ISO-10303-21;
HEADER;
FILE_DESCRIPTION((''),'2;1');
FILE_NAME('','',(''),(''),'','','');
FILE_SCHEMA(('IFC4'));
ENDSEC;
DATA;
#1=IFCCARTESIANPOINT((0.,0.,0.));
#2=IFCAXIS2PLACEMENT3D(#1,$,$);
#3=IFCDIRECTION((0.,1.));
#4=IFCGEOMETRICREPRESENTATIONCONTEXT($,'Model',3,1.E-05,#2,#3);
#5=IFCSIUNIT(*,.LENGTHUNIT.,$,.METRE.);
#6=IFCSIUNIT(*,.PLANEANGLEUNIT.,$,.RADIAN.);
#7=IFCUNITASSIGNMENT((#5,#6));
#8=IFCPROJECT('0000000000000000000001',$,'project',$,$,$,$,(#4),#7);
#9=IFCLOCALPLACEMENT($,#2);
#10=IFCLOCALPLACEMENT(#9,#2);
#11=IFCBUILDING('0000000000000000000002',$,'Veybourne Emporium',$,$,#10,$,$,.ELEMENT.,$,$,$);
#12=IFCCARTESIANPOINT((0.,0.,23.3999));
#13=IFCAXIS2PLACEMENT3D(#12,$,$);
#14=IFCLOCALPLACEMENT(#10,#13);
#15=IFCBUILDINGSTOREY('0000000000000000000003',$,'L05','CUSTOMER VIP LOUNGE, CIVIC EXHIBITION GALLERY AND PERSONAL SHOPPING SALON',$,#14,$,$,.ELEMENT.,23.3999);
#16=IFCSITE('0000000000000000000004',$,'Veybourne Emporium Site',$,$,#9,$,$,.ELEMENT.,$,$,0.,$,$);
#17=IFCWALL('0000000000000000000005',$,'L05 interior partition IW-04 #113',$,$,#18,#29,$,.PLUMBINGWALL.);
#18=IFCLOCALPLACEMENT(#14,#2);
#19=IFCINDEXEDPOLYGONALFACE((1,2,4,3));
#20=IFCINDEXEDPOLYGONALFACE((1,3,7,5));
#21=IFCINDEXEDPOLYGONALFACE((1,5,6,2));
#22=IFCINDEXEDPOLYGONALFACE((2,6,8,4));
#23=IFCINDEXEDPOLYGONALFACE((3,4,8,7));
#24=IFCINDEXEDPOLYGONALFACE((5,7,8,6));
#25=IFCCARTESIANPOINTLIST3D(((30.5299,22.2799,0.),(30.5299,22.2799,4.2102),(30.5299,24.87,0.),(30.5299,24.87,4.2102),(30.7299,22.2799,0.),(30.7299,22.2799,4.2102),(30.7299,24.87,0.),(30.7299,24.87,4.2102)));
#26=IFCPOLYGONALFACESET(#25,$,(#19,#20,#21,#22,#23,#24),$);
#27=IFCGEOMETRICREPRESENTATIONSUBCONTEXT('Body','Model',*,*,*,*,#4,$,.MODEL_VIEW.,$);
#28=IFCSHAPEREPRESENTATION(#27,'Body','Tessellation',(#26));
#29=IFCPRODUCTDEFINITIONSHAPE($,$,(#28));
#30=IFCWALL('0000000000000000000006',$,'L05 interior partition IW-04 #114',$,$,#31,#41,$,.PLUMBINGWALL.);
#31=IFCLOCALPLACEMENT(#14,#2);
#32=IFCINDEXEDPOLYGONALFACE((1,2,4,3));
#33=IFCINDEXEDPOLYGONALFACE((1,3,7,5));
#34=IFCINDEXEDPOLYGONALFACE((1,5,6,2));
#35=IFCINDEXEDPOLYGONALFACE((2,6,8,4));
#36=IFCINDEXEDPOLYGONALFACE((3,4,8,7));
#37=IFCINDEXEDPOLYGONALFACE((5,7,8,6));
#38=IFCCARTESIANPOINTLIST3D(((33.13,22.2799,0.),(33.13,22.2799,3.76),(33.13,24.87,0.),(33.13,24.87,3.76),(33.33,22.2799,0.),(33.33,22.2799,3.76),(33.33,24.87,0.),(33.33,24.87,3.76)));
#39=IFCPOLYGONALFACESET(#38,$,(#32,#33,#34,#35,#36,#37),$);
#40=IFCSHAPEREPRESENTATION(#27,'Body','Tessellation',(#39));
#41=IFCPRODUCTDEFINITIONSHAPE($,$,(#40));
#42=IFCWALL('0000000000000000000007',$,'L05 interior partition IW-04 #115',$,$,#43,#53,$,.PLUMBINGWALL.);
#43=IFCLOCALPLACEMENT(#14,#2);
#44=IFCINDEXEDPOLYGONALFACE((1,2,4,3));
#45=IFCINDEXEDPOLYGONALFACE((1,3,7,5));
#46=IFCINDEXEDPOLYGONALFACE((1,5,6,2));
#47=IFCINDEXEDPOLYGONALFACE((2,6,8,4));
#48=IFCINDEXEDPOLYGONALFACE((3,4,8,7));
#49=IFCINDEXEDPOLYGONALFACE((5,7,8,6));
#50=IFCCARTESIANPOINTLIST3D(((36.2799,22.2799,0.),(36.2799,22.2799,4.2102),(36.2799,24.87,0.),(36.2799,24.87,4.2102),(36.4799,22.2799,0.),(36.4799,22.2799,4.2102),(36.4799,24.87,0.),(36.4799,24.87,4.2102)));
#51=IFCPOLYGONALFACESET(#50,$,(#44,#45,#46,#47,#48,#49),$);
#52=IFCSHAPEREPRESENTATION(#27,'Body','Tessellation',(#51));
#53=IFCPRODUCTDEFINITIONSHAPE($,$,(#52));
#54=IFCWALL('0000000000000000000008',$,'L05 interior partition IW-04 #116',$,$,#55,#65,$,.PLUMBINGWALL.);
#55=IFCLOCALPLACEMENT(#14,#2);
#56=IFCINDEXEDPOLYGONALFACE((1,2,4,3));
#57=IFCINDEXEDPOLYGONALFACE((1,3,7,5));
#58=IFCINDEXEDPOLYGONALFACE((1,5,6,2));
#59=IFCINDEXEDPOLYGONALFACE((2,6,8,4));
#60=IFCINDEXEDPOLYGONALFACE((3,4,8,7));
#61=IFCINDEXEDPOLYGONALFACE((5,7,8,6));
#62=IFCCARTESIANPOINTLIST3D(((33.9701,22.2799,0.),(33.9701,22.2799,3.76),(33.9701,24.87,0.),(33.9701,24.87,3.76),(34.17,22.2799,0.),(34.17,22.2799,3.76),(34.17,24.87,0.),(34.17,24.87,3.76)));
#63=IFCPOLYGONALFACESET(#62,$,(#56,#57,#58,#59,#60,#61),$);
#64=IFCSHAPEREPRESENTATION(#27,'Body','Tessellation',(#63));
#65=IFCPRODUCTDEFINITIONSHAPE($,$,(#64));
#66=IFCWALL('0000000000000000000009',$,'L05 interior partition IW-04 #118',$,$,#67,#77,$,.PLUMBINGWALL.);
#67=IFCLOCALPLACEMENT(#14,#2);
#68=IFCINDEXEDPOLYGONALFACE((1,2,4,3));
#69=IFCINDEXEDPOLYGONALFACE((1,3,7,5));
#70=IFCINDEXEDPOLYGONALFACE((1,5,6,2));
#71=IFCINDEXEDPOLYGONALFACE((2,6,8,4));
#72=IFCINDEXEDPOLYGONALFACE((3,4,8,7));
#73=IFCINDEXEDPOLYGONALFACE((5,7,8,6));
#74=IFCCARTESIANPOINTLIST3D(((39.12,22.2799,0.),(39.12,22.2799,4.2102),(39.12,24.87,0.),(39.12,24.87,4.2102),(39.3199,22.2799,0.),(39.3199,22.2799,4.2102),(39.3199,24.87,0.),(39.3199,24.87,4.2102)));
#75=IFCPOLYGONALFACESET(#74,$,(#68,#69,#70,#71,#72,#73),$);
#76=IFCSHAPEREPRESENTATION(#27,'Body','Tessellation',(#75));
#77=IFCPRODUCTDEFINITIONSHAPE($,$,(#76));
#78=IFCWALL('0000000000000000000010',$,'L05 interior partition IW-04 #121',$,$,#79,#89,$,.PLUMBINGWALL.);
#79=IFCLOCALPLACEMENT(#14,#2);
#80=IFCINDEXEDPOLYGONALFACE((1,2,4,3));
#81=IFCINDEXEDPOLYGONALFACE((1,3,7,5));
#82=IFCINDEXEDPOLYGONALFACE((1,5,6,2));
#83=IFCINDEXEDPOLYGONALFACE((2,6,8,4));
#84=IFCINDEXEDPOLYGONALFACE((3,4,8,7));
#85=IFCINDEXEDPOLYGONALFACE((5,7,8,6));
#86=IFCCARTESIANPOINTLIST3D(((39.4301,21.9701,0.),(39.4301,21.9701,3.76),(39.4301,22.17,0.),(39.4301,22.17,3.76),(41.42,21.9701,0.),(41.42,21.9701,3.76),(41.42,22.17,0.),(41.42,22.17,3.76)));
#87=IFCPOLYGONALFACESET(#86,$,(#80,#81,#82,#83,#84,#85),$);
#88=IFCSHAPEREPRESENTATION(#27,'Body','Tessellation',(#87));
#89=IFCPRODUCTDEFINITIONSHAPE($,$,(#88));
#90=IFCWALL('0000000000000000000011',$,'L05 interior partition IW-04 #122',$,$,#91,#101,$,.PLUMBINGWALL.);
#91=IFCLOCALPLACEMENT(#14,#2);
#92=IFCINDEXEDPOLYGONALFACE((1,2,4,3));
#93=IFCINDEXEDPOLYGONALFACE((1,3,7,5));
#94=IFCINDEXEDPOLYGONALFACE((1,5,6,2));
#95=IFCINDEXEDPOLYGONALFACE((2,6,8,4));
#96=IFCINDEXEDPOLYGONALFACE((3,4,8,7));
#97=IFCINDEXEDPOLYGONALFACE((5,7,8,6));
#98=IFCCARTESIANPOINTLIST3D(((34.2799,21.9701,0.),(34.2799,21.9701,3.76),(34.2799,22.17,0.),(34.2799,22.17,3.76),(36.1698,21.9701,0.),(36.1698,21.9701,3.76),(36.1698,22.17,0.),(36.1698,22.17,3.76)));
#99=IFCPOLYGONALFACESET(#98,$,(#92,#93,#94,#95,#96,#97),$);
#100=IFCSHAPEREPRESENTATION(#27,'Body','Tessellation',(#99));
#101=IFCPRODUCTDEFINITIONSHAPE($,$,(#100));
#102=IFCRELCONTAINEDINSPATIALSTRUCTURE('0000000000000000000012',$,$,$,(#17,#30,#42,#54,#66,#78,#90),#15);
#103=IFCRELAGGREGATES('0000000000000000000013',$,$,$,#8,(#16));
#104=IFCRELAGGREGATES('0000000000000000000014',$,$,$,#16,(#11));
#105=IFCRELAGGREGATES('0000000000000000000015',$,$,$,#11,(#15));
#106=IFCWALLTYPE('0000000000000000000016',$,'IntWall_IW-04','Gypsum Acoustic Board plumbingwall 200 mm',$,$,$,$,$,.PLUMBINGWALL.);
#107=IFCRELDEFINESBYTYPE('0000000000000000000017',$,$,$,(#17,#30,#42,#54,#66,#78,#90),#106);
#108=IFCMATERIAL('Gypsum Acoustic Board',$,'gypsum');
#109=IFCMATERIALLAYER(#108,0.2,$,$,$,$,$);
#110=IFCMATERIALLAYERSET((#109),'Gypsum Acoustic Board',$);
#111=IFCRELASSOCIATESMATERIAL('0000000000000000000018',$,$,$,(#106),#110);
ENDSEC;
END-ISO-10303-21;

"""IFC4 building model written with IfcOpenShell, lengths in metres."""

from ifc_helpers import new_model, si_unit, direction, frame, frame_2d, origin, place, context, subcontext, project, spatial, rectangle, extrude, material, layer, layer_set, type_object, element, save


model = new_model("IFC4")

# Units and contexts
model_context = context("Model", 3, precision=1e-05, world=origin(), true_north=direction((0.0, 1.0)))
body_context = subcontext(model_context, "Body", "Model", "MODEL_VIEW")
ifc_project = project(units=[si_unit("LENGTHUNIT", "METRE"), si_unit("PLANEANGLEUNIT", "RADIAN")], contexts=[model_context])

# Site, building, storey
site_placement = place(None, origin())
site = spatial("IfcSite", under=ifc_project, at=site_placement, Name="Veybourne Emporium Site", CompositionType="ELEMENT", RefElevation=0.0)
building_placement = place(site_placement, origin())
building = spatial("IfcBuilding", under=site, at=building_placement, Name="Veybourne Emporium", CompositionType="ELEMENT")
storey_placement = place(building_placement, frame((0.0, 0.0, 23.3999)))
storey = spatial("IfcBuildingStorey", under=building, at=storey_placement, Name="L05", Description="CUSTOMER VIP LOUNGE, CIVIC EXHIBITION GALLERY AND PERSONAL SHOPPING SALON", CompositionType="ELEMENT", Elevation=23.3999)

# Shared definitions
ifc_material_1 = material(Name="Gypsum Acoustic Board", Category="gypsum")
ifc_layer_1 = layer(ifc_material_1, 0.2)
ifc_layer_set_1 = layer_set([ifc_layer_1], Name="Gypsum Acoustic Board")
wall_type_1 = type_object("IfcWallType", Name="IntWall_IW-04", Description="Gypsum Acoustic Board plumbingwall 200 mm", PredefinedType="PLUMBINGWALL", material=ifc_layer_set_1)

# Walls
wall_1_placement = place(storey_placement, frame((30.6299, 22.28, 0.0), z_axis=(0.0, 0.0, 1.0), x_axis=(0.0, 1.0, 0.0)))
element("IfcWall", 1, at=wall_1_placement, inside=storey, type_object=wall_type_1, Name="L05 interior partition IW-04 #113", PredefinedType="PLUMBINGWALL", context=body_context, shape_type="SweptSolid", body=[
    extrude(rectangle(XDim=2.5901, YDim=0.2, at=frame_2d((1.2949, 0.0))), origin(), (0.0, 0.0, 1.0), 4.2102),
])
wall_2_placement = place(storey_placement, frame((33.23, 22.28, 0.0), z_axis=(0.0, 0.0, 1.0), x_axis=(0.0, 1.0, 0.0)))
element("IfcWall", 2, at=wall_2_placement, inside=storey, type_object=wall_type_1, Name="L05 interior partition IW-04 #114", PredefinedType="PLUMBINGWALL", context=body_context, shape_type="SweptSolid", body=[
    extrude(rectangle(XDim=2.5901, YDim=0.2, at=frame_2d((1.2949, 0.0))), origin(), (0.0, 0.0, 1.0), 3.76),
])
wall_3_placement = place(storey_placement, frame((36.3799, 22.28, 0.0), z_axis=(0.0, 0.0, 1.0), x_axis=(0.0, 1.0, 0.0)))
element("IfcWall", 3, at=wall_3_placement, inside=storey, type_object=wall_type_1, Name="L05 interior partition IW-04 #115", PredefinedType="PLUMBINGWALL", context=body_context, shape_type="SweptSolid", body=[
    extrude(rectangle(XDim=2.5901, YDim=0.2, at=frame_2d((1.2949, 0.0))), origin(), (0.0, 0.0, 1.0), 4.2102),
])
wall_4_placement = place(storey_placement, frame((34.0701, 22.28, 0.0), z_axis=(0.0, 0.0, 1.0), x_axis=(0.0, 1.0, 0.0)))
element("IfcWall", 4, at=wall_4_placement, inside=storey, type_object=wall_type_1, Name="L05 interior partition IW-04 #116", PredefinedType="PLUMBINGWALL", context=body_context, shape_type="SweptSolid", body=[
    extrude(rectangle(XDim=2.5901, YDim=0.2, at=frame_2d((1.2949, 0.0))), origin(), (0.0, 0.0, 1.0), 3.76),
])
wall_5_placement = place(storey_placement, frame((39.22, 22.28, 0.0), z_axis=(0.0, 0.0, 1.0), x_axis=(0.0, 1.0, 0.0)))
element("IfcWall", 5, at=wall_5_placement, inside=storey, type_object=wall_type_1, Name="L05 interior partition IW-04 #118", PredefinedType="PLUMBINGWALL", context=body_context, shape_type="SweptSolid", body=[
    extrude(rectangle(XDim=2.5901, YDim=0.2, at=frame_2d((1.2949, 0.0))), origin(), (0.0, 0.0, 1.0), 4.2102),
])
wall_6_placement = place(storey_placement, frame((39.4299, 22.0701, 0.0), z_axis=(0.0, 0.0, 1.0), x_axis=(1.0, 0.0, 0.0)))
element("IfcWall", 6, at=wall_6_placement, inside=storey, type_object=wall_type_1, Name="L05 interior partition IW-04 #121", PredefinedType="PLUMBINGWALL", context=body_context, shape_type="SweptSolid", body=[
    extrude(rectangle(XDim=1.99, YDim=0.2, at=frame_2d((0.9951, 0.0))), origin(), (0.0, 0.0, 1.0), 3.76),
])
wall_7_placement = place(storey_placement, frame((34.28, 22.0701, 0.0), z_axis=(0.0, 0.0, 1.0), x_axis=(1.0, 0.0, 0.0)))
element("IfcWall", 7, at=wall_7_placement, inside=storey, type_object=wall_type_1, Name="L05 interior partition IW-04 #122", PredefinedType="PLUMBINGWALL", context=body_context, shape_type="SweptSolid", body=[
    extrude(rectangle(XDim=1.8899, YDim=0.2, at=frame_2d((0.9448, 0.0))), origin(), (0.0, 0.0, 1.0), 3.76),
])

save(model, "model.ifc")
